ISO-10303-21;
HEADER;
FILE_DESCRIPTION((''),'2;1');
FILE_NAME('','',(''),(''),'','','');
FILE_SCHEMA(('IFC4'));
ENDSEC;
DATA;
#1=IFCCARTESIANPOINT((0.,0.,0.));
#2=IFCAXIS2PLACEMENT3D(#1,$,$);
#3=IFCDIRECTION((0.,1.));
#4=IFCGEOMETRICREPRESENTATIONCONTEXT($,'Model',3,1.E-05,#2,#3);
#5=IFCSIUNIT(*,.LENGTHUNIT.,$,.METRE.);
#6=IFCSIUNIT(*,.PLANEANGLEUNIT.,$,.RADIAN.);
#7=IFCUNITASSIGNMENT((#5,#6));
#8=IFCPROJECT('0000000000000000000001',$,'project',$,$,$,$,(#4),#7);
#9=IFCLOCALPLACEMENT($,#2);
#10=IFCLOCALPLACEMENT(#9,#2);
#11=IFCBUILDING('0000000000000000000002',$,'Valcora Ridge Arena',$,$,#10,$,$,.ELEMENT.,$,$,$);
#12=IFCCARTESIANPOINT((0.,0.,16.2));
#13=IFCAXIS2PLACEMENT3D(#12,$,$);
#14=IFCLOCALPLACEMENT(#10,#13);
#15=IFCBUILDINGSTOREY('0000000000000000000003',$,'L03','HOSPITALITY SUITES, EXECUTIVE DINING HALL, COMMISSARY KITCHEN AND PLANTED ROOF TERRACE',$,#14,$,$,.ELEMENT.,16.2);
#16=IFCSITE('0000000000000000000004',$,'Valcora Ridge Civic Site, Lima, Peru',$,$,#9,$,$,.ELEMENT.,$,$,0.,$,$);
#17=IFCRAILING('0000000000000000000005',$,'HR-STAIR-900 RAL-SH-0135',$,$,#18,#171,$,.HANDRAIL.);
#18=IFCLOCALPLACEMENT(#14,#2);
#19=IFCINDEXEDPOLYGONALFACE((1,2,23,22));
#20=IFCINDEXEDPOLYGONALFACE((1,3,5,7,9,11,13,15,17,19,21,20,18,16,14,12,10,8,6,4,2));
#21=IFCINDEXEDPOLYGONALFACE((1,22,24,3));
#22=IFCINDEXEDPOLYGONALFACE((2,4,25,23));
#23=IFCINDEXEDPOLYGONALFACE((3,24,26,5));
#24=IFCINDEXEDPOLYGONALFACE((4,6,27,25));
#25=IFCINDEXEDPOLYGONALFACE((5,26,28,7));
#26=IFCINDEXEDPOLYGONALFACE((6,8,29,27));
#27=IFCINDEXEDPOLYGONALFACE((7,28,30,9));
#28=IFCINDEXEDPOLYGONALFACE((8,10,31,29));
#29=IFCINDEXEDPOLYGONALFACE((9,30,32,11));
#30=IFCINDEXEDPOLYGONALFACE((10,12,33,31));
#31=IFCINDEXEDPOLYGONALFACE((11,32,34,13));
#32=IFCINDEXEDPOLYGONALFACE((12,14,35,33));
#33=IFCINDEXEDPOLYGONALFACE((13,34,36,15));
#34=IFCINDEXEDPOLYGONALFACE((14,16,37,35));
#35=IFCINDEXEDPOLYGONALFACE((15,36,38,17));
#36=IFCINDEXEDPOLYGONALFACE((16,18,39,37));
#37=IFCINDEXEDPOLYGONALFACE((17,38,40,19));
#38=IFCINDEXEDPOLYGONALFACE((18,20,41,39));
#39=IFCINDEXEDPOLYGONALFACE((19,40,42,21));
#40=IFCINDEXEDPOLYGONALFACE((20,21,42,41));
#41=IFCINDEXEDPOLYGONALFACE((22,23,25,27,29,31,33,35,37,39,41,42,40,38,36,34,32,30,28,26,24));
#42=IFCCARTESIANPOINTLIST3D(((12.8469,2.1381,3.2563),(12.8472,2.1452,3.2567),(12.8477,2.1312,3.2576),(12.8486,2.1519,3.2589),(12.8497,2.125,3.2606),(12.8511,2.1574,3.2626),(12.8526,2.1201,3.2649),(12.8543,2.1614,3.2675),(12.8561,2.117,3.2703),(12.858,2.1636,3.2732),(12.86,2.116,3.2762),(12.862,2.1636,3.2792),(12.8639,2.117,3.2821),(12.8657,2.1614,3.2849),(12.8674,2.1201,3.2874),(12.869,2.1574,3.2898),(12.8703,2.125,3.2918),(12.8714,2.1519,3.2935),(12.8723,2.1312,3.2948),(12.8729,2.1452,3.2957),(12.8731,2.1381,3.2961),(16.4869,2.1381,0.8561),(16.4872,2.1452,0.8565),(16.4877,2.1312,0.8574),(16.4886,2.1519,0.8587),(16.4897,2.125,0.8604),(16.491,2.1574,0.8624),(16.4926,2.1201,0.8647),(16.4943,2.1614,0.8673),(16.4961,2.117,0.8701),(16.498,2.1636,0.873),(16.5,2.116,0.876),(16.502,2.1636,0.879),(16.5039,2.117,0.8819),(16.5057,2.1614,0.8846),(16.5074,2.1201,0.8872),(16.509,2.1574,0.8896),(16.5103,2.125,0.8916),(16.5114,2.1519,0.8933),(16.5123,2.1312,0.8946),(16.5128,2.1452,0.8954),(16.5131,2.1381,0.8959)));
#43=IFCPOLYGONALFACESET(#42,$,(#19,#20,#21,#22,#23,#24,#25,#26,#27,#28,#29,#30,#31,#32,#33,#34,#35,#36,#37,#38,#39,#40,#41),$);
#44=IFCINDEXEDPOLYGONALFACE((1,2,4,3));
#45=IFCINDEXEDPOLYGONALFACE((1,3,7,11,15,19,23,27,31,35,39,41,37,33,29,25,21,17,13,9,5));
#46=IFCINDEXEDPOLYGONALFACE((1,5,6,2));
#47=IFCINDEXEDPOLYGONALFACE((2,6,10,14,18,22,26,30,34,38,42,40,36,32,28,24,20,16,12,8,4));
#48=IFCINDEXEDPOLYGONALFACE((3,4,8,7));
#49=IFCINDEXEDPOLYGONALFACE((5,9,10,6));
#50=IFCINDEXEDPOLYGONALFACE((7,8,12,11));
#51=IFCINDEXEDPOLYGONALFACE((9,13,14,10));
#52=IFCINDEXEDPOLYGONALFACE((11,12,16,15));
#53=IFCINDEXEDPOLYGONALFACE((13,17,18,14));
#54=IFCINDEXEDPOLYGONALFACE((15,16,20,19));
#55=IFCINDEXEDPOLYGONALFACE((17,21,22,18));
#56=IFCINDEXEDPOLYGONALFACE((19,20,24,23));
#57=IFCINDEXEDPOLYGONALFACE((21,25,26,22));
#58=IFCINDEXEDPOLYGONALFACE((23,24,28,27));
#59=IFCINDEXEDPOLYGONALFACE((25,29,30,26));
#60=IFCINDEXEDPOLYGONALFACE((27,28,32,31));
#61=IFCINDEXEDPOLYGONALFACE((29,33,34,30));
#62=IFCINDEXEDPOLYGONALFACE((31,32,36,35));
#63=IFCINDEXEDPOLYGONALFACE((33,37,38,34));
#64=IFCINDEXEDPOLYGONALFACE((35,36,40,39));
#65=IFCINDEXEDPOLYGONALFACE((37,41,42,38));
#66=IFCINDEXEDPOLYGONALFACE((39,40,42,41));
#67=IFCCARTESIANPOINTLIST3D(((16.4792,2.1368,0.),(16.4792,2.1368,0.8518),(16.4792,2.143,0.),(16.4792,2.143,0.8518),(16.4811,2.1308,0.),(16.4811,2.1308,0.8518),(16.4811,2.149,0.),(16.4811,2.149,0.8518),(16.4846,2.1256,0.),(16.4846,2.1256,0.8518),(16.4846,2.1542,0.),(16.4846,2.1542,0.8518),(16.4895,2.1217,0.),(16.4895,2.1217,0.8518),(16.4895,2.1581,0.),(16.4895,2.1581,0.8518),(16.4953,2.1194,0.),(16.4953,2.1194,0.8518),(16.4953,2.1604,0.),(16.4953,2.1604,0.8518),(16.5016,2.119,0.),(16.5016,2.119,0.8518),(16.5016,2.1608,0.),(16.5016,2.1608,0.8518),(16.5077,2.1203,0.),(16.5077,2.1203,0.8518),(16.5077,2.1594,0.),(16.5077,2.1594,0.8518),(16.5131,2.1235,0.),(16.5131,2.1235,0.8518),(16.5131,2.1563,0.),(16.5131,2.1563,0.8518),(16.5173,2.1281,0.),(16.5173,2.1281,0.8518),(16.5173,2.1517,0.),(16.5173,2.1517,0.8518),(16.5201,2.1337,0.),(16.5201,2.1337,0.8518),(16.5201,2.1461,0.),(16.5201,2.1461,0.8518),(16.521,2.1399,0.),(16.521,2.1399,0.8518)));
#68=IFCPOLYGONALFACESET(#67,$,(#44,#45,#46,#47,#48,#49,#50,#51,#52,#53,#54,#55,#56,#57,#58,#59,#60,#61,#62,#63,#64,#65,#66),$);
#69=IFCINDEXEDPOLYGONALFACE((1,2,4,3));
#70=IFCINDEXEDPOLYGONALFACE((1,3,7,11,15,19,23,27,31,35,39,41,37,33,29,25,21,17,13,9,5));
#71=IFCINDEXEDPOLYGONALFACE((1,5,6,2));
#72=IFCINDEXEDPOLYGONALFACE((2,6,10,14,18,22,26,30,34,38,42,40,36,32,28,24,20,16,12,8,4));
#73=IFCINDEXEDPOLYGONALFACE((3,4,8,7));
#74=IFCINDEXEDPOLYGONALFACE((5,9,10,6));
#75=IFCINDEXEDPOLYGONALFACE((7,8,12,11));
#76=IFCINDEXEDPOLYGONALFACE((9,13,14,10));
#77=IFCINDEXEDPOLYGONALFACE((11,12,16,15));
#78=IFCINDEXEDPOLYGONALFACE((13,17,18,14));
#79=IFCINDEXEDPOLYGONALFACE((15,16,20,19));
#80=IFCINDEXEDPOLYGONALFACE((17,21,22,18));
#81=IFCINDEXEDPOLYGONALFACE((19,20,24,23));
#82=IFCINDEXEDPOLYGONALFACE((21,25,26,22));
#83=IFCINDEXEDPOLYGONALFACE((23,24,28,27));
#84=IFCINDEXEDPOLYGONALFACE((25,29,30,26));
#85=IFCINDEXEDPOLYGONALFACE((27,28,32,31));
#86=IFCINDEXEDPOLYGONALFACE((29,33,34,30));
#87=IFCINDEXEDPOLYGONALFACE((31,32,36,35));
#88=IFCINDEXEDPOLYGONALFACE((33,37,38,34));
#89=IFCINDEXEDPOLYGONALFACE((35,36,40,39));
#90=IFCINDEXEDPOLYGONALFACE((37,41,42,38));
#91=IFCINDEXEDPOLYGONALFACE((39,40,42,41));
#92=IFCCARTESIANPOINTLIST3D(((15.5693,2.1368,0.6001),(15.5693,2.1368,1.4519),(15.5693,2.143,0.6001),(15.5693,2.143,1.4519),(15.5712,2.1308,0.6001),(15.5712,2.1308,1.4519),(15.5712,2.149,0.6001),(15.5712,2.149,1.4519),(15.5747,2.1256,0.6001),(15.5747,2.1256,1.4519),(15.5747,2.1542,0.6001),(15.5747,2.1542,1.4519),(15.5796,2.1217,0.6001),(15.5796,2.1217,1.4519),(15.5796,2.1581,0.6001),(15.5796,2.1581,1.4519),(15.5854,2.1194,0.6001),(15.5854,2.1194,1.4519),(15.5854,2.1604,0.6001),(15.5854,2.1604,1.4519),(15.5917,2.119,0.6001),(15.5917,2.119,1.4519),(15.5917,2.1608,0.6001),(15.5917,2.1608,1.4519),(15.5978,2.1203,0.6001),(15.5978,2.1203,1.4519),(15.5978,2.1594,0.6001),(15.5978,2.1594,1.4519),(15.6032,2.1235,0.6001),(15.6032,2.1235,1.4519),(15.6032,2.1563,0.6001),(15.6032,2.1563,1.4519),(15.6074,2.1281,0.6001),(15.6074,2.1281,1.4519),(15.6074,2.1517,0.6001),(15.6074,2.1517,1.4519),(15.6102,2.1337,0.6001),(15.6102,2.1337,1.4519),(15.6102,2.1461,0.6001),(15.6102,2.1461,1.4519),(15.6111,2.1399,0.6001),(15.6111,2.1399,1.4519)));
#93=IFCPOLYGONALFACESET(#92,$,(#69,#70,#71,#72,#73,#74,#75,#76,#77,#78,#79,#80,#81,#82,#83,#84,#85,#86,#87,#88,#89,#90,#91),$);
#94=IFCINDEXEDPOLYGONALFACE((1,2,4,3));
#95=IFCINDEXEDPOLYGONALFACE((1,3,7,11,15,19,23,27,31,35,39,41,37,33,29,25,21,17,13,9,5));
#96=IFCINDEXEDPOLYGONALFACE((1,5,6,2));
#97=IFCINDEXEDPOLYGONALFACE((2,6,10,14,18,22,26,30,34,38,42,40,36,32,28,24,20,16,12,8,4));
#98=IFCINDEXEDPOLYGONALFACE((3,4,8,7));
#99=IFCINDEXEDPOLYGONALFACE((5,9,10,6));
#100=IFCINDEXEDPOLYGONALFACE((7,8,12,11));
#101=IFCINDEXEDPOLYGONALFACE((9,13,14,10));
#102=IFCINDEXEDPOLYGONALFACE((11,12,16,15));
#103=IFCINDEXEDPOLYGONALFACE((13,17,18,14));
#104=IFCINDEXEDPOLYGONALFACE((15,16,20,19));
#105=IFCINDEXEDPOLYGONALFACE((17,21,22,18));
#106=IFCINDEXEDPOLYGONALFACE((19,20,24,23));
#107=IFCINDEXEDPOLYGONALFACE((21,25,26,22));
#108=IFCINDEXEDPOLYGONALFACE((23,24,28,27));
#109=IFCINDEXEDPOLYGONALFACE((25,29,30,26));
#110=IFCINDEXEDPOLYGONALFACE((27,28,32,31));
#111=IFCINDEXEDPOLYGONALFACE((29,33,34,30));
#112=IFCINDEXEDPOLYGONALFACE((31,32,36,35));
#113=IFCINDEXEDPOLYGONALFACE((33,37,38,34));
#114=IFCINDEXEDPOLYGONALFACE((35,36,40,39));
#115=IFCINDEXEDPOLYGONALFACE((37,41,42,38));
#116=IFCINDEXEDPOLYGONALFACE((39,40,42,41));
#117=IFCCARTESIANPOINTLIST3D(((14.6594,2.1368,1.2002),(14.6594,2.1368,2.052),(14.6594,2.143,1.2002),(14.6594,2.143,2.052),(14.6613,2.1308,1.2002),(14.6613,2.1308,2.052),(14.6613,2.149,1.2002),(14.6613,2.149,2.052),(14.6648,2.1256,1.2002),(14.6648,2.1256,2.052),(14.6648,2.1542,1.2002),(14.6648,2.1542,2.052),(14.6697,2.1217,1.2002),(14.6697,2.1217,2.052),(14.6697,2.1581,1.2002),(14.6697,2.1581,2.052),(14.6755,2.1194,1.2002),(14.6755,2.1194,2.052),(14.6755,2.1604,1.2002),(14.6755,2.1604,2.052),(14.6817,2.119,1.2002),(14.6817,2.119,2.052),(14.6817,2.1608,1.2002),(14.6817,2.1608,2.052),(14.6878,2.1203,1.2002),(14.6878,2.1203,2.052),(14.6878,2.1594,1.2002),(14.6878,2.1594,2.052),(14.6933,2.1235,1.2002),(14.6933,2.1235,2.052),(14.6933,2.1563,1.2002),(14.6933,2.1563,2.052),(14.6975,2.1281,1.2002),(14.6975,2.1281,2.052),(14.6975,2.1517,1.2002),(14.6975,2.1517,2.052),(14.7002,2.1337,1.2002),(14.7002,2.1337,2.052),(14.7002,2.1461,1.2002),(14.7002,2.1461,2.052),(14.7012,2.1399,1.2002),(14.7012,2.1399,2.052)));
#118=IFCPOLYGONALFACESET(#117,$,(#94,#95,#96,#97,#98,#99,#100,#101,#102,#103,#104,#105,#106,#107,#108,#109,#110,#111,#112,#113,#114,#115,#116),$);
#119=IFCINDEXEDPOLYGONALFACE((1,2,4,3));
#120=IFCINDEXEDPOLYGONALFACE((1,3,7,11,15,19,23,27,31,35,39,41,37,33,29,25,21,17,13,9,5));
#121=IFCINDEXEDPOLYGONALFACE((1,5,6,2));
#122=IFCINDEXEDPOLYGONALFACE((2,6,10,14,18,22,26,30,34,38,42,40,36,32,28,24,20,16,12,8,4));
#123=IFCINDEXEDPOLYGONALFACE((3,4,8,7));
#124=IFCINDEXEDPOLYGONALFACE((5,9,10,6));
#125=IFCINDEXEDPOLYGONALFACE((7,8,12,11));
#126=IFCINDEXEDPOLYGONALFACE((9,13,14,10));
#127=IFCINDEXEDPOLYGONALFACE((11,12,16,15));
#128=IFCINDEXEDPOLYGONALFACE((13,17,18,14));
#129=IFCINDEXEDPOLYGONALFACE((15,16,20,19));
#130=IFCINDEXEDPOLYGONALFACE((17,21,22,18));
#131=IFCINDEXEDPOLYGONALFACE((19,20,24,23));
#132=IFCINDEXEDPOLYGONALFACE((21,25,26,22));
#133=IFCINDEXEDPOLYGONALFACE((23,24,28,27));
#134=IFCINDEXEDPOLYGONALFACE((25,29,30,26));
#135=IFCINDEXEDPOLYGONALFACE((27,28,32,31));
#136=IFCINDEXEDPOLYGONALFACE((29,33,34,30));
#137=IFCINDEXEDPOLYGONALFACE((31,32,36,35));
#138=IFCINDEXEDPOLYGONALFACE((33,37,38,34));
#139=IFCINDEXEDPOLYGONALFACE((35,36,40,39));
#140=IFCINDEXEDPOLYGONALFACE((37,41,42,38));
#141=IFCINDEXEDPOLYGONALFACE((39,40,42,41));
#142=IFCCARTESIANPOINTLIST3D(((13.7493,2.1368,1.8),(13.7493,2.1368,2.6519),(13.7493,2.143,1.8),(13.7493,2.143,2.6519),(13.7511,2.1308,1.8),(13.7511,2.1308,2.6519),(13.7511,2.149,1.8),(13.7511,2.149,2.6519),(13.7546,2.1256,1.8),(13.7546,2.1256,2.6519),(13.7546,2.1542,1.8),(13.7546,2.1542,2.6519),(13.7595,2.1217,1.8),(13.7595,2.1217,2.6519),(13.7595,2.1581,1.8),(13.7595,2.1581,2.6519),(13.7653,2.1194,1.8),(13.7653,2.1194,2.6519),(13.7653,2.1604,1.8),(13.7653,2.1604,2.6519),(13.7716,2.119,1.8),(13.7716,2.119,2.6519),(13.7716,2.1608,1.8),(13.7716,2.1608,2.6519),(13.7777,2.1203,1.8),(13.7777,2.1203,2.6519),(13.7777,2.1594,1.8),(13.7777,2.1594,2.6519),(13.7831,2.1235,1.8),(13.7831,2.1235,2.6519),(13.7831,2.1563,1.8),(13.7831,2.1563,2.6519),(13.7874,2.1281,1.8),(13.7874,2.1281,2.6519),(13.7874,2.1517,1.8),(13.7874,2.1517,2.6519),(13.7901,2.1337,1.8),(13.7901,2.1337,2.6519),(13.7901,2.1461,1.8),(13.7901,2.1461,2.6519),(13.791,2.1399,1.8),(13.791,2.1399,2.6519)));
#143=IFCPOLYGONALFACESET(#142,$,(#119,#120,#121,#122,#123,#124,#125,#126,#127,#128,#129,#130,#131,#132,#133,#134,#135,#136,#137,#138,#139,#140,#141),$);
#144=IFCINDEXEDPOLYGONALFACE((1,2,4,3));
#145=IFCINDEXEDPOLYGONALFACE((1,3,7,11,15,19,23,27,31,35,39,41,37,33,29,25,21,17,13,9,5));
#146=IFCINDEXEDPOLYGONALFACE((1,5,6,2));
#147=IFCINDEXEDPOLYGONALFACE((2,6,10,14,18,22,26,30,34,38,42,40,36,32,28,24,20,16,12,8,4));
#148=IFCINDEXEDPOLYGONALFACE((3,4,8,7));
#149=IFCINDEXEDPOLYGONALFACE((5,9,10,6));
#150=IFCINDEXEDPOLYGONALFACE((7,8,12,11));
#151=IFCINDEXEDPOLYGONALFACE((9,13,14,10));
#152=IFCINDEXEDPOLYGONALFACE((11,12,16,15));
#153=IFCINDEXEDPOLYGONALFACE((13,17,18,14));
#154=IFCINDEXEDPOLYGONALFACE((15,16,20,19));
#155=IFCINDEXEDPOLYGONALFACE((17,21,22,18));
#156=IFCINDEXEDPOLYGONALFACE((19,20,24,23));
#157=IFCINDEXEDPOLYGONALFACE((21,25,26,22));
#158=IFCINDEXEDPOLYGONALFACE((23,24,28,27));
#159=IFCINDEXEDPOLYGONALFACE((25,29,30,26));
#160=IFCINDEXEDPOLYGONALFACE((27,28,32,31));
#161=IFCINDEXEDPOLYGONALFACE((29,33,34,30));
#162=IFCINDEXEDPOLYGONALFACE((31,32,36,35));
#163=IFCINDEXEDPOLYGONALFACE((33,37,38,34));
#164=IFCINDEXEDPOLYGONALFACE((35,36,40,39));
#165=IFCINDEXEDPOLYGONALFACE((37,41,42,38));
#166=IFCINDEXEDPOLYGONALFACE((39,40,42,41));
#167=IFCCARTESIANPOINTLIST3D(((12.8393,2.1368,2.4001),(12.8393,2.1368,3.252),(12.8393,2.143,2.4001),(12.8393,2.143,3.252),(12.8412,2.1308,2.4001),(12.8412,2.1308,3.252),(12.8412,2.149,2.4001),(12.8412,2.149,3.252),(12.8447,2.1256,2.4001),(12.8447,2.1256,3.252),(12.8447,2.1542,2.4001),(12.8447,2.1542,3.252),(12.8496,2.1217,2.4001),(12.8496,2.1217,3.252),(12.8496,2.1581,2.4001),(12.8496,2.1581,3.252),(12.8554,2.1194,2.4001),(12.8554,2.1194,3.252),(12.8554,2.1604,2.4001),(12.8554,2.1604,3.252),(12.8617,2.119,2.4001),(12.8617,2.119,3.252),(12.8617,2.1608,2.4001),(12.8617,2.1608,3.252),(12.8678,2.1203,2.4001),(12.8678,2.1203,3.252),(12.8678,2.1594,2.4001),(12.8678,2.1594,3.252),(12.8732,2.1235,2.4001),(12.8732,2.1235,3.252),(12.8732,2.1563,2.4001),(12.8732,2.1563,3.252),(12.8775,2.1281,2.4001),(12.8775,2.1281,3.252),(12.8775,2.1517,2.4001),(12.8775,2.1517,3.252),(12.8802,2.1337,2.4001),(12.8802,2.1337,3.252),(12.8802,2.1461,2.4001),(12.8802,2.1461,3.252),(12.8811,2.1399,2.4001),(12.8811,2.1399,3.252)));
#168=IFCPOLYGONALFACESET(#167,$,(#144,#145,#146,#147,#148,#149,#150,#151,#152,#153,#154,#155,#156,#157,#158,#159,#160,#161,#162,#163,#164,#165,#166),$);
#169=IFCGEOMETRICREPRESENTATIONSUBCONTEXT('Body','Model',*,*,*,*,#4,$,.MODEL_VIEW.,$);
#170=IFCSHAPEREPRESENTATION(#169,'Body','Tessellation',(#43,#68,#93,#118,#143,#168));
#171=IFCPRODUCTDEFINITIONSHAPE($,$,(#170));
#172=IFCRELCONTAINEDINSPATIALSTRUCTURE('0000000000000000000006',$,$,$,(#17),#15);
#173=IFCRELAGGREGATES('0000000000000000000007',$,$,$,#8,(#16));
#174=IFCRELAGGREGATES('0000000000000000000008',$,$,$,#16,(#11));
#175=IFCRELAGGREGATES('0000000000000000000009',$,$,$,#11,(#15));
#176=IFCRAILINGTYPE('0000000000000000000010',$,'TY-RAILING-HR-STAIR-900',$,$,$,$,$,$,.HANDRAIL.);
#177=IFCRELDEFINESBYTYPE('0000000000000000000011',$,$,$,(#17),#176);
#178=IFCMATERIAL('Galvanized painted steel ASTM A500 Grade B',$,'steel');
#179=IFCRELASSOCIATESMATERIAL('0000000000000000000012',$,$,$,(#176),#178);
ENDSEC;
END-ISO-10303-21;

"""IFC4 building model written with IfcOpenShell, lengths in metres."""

from ifc_helpers import new_model, si_unit, direction, frame, origin, origin_2d, place, context, subcontext, project, spatial, circle, extrude, material, type_object, element, save


model = new_model("IFC4")

# Units and contexts
model_context = context("Model", 3, precision=1e-05, world=origin(), true_north=direction((0.0, 1.0)))
body_context = subcontext(model_context, "Body", "Model", "MODEL_VIEW")
ifc_project = project(units=[si_unit("LENGTHUNIT", "METRE"), si_unit("PLANEANGLEUNIT", "RADIAN")], contexts=[model_context])

# Site, building, storey
site_placement = place(None, origin())
site = spatial("IfcSite", under=ifc_project, at=site_placement, Name="Valcora Ridge Civic Site, Lima, Peru", CompositionType="ELEMENT", RefElevation=0.0)
building_placement = place(site_placement, origin())
building = spatial("IfcBuilding", under=site, at=building_placement, Name="Valcora Ridge Arena", CompositionType="ELEMENT")
storey_placement = place(building_placement, frame((0.0, 0.0, 16.2)))
storey = spatial("IfcBuildingStorey", under=building, at=storey_placement, Name="L03", Description="HOSPITALITY SUITES, EXECUTIVE DINING HALL, COMMISSARY KITCHEN AND PLANTED ROOF TERRACE", CompositionType="ELEMENT", Elevation=16.2)

# Railing
ifc_material_1 = material(Name="Galvanized painted steel ASTM A500 Grade B", Category="steel")
railing_type_1 = type_object("IfcRailingType", Name="TY-RAILING-HR-STAIR-900", PredefinedType="HANDRAIL", material=ifc_material_1)
railing_1_placement = place(storey_placement, frame((16.5, 2.1399, 0.0)))
element("IfcRailing", 1, at=railing_1_placement, inside=storey, type_object=railing_type_1, Name="HR-STAIR-900 RAL-SH-0135", PredefinedType="HANDRAIL", context=body_context, shape_type="SweptSolid", body=[
    extrude(circle(Radius=0.0239, at=origin_2d()), frame((0.0, 0.0, 0.876), z_axis=(-0.834839, 0.0, 0.550493), x_axis=(0.0, -1.0, 0.0)), (0.0, 0.0, 1.0), 4.3601),
    extrude(circle(Radius=0.021, at=origin_2d()), origin(), (0.0, 0.0, 1.0), 0.8518),
    extrude(circle(Radius=0.021, at=origin_2d()), frame((-0.9099, 0.0, 0.6001)), (0.0, 0.0, 1.0), 0.8518),
    extrude(circle(Radius=0.021, at=origin_2d()), frame((-1.8198, 0.0, 1.2002)), (0.0, 0.0, 1.0), 0.8518),
    extrude(circle(Radius=0.021, at=origin_2d()), frame((-2.73, 0.0, 1.8)), (0.0, 0.0, 1.0), 0.8518),
    extrude(circle(Radius=0.021, at=origin_2d()), frame((-3.6399, 0.0, 2.4001)), (0.0, 0.0, 1.0), 0.8518),
])

save(model, "model.ifc")
